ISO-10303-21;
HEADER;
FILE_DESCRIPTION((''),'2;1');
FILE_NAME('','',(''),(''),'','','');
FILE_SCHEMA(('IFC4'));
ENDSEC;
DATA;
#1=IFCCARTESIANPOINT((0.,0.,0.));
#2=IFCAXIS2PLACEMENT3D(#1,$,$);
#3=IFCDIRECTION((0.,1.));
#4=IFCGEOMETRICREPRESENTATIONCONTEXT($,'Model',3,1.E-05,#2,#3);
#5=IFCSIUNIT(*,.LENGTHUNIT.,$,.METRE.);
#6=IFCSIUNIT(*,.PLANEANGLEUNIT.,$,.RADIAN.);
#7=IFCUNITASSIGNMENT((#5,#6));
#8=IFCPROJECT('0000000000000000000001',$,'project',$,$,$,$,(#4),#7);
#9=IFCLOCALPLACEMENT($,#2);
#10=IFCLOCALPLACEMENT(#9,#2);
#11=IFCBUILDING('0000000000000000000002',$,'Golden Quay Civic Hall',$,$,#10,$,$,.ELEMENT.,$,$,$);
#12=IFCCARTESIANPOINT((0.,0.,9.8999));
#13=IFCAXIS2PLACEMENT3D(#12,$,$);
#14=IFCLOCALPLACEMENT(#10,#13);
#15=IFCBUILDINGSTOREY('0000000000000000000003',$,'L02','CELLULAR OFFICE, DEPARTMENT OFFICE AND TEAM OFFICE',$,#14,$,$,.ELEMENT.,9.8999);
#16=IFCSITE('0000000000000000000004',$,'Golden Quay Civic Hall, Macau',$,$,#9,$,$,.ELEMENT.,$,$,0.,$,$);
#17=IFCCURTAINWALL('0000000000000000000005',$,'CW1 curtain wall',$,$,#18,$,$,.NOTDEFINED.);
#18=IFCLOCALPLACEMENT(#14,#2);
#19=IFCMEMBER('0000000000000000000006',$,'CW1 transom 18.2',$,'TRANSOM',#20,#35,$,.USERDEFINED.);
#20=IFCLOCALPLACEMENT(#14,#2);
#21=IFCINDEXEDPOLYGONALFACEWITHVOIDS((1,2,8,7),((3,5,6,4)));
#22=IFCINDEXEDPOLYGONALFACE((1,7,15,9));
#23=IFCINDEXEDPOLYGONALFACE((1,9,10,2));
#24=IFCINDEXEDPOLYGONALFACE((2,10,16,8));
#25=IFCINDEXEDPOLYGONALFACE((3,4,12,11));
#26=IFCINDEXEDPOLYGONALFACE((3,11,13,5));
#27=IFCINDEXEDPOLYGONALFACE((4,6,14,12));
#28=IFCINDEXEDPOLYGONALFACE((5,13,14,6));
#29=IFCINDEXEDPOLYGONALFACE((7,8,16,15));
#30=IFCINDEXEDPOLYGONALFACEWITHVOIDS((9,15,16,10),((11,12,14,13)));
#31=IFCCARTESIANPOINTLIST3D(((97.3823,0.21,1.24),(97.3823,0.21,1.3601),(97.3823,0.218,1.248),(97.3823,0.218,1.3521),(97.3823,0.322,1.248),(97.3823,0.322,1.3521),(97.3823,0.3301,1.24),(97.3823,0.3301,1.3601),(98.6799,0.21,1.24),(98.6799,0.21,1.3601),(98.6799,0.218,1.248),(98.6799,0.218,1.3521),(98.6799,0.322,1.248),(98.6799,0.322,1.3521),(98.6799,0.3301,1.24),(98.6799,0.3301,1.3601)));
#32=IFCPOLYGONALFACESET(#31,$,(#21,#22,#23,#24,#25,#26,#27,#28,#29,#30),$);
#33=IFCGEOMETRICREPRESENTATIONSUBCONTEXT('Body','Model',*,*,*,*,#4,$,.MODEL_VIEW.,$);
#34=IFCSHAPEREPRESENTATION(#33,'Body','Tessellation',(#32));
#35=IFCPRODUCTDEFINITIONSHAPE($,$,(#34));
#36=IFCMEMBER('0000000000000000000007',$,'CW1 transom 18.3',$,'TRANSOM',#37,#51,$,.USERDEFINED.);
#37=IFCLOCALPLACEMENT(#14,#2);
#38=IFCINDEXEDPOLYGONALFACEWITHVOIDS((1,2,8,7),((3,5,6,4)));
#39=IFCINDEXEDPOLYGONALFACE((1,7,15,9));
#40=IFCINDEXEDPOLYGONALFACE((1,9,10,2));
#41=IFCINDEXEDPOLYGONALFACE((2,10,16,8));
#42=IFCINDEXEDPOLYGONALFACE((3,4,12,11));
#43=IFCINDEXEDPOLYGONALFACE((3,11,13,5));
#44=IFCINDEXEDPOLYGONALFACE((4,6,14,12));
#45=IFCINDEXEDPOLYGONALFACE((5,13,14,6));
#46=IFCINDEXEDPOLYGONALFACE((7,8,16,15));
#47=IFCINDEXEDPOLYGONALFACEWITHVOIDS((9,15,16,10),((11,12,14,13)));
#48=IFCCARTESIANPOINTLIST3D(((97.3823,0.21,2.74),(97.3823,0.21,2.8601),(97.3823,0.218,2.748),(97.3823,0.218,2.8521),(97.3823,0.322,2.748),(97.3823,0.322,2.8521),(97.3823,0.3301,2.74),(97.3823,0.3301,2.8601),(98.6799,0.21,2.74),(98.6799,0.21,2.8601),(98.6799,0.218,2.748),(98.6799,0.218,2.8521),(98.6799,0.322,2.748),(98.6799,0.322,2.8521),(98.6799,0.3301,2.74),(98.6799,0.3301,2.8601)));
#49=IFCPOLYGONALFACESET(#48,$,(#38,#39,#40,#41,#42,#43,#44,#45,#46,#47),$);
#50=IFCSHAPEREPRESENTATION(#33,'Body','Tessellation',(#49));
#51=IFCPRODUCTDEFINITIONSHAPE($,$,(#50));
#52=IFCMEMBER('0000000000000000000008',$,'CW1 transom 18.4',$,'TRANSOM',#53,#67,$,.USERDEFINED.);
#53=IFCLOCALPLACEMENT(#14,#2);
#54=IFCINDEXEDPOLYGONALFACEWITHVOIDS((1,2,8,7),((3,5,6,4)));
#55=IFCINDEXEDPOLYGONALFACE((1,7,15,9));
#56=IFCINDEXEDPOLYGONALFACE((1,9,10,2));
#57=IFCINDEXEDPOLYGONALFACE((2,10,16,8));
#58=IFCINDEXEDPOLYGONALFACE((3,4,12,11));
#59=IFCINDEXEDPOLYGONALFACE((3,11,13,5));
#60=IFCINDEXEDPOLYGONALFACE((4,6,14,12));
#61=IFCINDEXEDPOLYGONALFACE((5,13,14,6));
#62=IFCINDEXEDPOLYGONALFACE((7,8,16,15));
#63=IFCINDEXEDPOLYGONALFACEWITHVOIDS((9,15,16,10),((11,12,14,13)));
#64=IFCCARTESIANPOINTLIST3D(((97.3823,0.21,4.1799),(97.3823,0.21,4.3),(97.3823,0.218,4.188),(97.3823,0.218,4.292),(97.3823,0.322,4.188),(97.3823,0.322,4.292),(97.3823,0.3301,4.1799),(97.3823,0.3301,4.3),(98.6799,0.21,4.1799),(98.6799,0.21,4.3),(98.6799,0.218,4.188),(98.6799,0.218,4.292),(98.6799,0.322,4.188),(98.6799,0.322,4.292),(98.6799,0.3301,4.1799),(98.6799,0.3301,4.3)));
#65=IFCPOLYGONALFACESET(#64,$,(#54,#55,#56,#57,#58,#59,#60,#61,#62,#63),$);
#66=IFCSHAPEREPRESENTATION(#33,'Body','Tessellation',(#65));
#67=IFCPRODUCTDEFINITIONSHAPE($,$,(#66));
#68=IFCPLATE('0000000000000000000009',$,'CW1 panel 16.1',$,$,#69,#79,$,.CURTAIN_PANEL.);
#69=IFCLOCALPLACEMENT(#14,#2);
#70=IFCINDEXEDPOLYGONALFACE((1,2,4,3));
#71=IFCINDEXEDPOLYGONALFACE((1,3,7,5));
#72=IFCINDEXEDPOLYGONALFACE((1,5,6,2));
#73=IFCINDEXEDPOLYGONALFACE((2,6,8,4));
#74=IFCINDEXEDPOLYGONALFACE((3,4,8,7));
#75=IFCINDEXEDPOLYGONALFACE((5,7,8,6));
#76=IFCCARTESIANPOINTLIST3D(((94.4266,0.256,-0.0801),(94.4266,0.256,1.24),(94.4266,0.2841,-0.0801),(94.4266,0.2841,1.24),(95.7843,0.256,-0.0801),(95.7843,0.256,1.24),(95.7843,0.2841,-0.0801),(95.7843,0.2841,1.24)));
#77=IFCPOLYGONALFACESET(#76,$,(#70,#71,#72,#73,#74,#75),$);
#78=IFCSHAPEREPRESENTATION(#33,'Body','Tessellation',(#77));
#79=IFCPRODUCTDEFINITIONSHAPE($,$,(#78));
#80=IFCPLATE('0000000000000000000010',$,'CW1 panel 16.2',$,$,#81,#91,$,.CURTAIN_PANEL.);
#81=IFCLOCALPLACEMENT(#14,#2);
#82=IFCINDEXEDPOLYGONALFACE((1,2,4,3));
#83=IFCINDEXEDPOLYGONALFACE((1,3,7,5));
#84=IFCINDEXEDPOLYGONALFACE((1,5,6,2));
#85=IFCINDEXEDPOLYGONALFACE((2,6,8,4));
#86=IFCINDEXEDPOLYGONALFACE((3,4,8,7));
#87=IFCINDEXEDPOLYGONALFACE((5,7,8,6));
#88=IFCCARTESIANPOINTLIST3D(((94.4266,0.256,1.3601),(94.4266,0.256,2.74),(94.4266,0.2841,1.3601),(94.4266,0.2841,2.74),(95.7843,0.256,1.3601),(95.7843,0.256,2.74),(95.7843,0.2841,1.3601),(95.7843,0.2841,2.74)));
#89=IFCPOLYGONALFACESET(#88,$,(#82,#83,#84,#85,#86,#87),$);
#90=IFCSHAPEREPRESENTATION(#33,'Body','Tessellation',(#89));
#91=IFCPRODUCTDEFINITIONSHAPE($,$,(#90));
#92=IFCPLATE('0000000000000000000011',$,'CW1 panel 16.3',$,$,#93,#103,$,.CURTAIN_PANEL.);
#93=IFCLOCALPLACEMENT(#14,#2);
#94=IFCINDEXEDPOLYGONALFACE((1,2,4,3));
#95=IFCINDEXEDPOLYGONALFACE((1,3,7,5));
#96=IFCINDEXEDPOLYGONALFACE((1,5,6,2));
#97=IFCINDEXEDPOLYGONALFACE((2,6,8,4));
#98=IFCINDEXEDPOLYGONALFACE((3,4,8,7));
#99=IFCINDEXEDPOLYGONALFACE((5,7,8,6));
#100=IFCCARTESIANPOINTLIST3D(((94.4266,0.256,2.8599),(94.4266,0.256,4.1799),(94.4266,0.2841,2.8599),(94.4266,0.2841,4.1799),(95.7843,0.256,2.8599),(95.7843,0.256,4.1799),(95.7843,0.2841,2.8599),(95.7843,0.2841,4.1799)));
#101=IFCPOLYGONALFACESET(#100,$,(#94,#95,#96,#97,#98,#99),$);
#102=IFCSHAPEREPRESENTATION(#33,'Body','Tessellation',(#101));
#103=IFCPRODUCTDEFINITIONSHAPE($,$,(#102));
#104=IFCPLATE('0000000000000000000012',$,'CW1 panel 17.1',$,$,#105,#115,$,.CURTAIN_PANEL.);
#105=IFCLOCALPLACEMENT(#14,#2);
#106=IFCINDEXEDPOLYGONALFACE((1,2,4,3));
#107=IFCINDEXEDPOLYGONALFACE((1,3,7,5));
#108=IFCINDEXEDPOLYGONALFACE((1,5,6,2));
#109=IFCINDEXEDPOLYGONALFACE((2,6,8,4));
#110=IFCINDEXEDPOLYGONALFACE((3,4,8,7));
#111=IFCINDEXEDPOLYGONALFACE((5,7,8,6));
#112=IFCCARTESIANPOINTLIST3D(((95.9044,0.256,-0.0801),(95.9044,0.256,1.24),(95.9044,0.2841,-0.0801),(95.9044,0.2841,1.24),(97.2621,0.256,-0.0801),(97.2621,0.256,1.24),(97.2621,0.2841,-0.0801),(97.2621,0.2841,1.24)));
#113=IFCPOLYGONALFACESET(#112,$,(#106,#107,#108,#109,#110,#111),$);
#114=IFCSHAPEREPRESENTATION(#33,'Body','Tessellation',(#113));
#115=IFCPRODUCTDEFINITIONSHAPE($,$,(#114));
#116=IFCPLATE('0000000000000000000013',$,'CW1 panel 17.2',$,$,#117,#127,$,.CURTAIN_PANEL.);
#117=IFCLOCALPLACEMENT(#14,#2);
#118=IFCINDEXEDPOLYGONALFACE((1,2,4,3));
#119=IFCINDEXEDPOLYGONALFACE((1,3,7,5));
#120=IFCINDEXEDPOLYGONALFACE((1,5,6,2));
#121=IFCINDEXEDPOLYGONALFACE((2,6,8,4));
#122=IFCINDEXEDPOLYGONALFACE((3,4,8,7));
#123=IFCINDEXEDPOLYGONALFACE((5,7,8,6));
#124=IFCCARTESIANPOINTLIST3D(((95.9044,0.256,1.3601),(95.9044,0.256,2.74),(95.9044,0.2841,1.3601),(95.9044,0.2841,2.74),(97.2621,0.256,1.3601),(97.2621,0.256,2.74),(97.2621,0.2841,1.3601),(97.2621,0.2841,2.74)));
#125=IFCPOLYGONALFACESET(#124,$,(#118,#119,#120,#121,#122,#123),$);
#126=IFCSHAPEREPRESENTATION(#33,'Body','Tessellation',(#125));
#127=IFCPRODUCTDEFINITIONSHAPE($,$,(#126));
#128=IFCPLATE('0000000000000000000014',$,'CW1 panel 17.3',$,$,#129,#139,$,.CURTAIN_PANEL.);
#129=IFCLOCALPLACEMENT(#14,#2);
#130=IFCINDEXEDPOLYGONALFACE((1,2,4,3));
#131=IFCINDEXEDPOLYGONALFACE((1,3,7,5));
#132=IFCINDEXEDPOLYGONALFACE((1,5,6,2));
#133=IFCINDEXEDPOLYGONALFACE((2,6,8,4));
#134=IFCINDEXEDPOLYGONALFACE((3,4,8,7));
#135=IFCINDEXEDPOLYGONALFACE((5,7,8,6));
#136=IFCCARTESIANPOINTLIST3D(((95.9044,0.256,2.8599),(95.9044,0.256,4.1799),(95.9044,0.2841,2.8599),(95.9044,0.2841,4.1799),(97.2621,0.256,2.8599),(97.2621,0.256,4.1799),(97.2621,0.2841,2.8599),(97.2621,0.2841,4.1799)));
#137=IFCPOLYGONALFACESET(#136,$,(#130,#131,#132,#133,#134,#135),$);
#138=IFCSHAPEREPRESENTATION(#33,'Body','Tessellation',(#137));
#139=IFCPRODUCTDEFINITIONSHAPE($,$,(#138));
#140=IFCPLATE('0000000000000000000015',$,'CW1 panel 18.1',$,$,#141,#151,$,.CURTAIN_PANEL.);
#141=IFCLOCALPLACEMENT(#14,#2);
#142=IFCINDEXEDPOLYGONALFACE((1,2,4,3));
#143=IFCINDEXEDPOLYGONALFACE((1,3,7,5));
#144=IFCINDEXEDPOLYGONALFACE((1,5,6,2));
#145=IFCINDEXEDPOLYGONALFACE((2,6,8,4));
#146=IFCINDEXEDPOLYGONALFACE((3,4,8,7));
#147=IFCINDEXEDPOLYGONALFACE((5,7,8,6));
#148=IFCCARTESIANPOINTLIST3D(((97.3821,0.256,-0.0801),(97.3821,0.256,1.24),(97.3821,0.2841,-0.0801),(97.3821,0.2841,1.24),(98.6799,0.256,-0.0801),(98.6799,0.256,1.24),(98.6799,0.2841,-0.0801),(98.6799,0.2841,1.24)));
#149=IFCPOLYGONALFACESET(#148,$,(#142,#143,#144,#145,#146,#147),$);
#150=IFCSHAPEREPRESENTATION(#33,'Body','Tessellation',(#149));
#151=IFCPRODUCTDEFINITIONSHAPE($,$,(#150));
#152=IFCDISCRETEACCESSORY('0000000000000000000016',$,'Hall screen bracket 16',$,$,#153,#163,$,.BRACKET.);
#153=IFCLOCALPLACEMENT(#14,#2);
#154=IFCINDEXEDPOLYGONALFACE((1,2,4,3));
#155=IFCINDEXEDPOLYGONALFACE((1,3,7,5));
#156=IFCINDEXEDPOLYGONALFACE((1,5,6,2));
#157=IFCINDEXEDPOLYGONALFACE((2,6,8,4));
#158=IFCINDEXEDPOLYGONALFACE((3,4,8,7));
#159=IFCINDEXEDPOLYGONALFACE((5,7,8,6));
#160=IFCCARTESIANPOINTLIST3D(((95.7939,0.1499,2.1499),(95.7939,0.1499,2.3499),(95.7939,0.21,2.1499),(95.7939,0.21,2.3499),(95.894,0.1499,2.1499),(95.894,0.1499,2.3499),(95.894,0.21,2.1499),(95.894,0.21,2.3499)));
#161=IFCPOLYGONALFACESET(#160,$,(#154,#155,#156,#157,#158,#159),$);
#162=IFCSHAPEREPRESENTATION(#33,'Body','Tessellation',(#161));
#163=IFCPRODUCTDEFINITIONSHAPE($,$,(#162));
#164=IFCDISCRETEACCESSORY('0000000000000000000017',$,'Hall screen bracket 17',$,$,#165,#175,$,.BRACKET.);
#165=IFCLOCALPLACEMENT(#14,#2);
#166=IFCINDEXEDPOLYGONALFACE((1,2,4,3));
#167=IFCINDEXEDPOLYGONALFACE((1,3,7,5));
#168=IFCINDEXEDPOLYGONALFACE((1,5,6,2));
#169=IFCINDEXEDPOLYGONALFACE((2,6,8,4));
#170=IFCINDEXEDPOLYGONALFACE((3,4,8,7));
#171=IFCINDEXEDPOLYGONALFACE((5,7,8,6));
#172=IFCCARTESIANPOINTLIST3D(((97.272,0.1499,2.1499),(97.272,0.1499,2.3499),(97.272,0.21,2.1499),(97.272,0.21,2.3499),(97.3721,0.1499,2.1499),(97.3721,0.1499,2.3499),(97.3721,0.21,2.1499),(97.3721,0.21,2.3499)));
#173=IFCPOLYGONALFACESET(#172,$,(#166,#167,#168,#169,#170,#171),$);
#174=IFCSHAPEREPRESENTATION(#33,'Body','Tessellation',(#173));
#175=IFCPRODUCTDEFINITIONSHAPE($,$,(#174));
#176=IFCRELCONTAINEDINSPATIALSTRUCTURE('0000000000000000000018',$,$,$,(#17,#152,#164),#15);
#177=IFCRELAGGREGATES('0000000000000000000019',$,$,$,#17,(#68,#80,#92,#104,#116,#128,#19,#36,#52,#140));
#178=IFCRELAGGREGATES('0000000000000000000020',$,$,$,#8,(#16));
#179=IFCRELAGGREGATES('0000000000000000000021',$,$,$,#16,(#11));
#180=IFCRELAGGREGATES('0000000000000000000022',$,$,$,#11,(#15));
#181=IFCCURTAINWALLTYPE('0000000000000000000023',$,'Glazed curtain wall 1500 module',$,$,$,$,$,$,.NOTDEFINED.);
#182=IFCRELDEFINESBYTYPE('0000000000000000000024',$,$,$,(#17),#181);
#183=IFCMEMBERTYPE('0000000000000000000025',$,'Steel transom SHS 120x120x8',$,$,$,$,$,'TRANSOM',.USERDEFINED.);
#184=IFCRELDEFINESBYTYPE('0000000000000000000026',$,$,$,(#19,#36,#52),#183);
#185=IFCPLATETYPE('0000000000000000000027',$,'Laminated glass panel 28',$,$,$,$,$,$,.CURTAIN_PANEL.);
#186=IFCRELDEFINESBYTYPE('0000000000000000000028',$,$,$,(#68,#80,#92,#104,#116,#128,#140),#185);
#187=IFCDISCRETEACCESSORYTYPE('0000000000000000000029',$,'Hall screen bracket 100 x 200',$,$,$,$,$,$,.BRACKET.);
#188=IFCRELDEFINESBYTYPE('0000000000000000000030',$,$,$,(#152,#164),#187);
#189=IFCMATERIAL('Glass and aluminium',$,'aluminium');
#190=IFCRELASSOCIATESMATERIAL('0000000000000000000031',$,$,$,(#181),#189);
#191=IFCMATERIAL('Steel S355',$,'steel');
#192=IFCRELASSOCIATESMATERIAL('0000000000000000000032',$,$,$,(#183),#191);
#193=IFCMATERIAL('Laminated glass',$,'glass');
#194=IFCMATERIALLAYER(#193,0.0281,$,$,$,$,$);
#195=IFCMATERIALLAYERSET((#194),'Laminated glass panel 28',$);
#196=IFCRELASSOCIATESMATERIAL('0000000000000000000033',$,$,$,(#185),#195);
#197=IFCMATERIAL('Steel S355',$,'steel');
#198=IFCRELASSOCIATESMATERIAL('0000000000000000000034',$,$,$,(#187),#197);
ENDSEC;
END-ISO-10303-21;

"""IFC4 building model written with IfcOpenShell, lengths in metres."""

from ifc_helpers import new_model, si_unit, direction, frame, origin, origin_2d, place, context, subcontext, project, spatial, rectangle, hollow_rectangle, extrude, material, layer, layer_set, material_profile, profile_set, type_object, element, aggregate, save


model = new_model("IFC4")

# Units and contexts
model_context = context("Model", 3, precision=1e-05, world=origin(), true_north=direction((0.0, 1.0)))
body_context = subcontext(model_context, "Body", "Model", "MODEL_VIEW")
ifc_project = project(units=[si_unit("LENGTHUNIT", "METRE"), si_unit("PLANEANGLEUNIT", "RADIAN")], contexts=[model_context])

# Site, building, storey
site_placement = place(None, origin())
site = spatial("IfcSite", under=ifc_project, at=site_placement, Name="Golden Quay Civic Hall, Macau", CompositionType="ELEMENT", RefElevation=0.0)
building_placement = place(site_placement, origin())
building = spatial("IfcBuilding", under=site, at=building_placement, Name="Golden Quay Civic Hall", CompositionType="ELEMENT")
storey_placement = place(building_placement, frame((0.0, 0.0, 9.8999)))
storey = spatial("IfcBuildingStorey", under=building, at=storey_placement, Name="L02", Description="CELLULAR OFFICE, DEPARTMENT OFFICE AND TEAM OFFICE", CompositionType="ELEMENT", Elevation=9.8999)

# Curtain wall, members, plates
ifc_material_1 = material(Name="Glass and aluminium", Category="aluminium")
curtain_wall_type = type_object("IfcCurtainWallType", Name="Glazed curtain wall 1500 module", PredefinedType="NOTDEFINED", material=ifc_material_1)
curtain_wall_placement = place(storey_placement, origin())
curtain_wall = element("IfcCurtainWall", 1, at=curtain_wall_placement, inside=storey, type_object=curtain_wall_type, Name="CW1 curtain wall", PredefinedType="NOTDEFINED")
ifc_material_2 = material(Name="Steel S355", Category="steel")
ifc_material_profile_1 = material_profile(ifc_material_2, hollow_rectangle(XDim=0.1201, YDim=0.1201, WallThickness=0.0081, at=origin_2d()), Name="SHS 120x120x8")
ifc_profile_set_1 = profile_set([ifc_material_profile_1], Name="Steel S355")
member_type_1 = type_object("IfcMemberType", Name="Steel transom SHS 120x120x8", ElementType="TRANSOM", PredefinedType="USERDEFINED", material=ifc_profile_set_1)
member_1_placement = place(storey_placement, frame((97.3823, 0.27, 1.3), z_axis=(1.0, 0.0, 0.0), x_axis=(0.0, 1.0, 0.0)))
member_1 = element("IfcMember", 2, at=member_1_placement, type_object=member_type_1, Name="CW1 transom 18.2", ObjectType="TRANSOM", PredefinedType="USERDEFINED", context=body_context, shape_type="SweptSolid", body=[
    extrude(hollow_rectangle(XDim=0.1201, YDim=0.1201, WallThickness=0.0081, at=origin_2d()), origin(), (0.0, 0.0, 1.0), 1.2976),
])
member_2_placement = place(storey_placement, frame((97.3823, 0.27, 2.8), z_axis=(1.0, 0.0, 0.0), x_axis=(0.0, 1.0, 0.0)))
member_2 = element("IfcMember", 3, at=member_2_placement, type_object=member_type_1, Name="CW1 transom 18.3", ObjectType="TRANSOM", PredefinedType="USERDEFINED", context=body_context, shape_type="SweptSolid", body=[
    extrude(hollow_rectangle(XDim=0.1201, YDim=0.1201, WallThickness=0.0081, at=origin_2d()), origin(), (0.0, 0.0, 1.0), 1.2976),
])
member_3_placement = place(storey_placement, frame((97.3823, 0.27, 4.24), z_axis=(1.0, 0.0, 0.0), x_axis=(0.0, 1.0, 0.0)))
member_3 = element("IfcMember", 4, at=member_3_placement, type_object=member_type_1, Name="CW1 transom 18.4", ObjectType="TRANSOM", PredefinedType="USERDEFINED", context=body_context, shape_type="SweptSolid", body=[
    extrude(hollow_rectangle(XDim=0.1201, YDim=0.1201, WallThickness=0.0081, at=origin_2d()), origin(), (0.0, 0.0, 1.0), 1.2976),
])
ifc_material_3 = material(Name="Laminated glass", Category="glass")
ifc_layer = layer(ifc_material_3, 0.0281)
ifc_layer_set = layer_set([ifc_layer], Name="Laminated glass panel 28")
plate_type = type_object("IfcPlateType", Name="Laminated glass panel 28", PredefinedType="CURTAIN_PANEL", material=ifc_layer_set)
plate_1_placement = place(storey_placement, frame((95.1055, 0.27, -0.0801), z_axis=(0.0, 0.0, 1.0), x_axis=(1.0, 0.0, 0.0)))
plate_1 = element("IfcPlate", 5, at=plate_1_placement, type_object=plate_type, Name="CW1 panel 16.1", PredefinedType="CURTAIN_PANEL", context=body_context, shape_type="SweptSolid", body=[
    extrude(rectangle(XDim=1.3577, YDim=0.0281, at=origin_2d()), origin(), (0.0, 0.0, 1.0), 1.3201),
])
plate_2_placement = place(storey_placement, frame((95.1055, 0.27, 1.3601), z_axis=(0.0, 0.0, 1.0), x_axis=(1.0, 0.0, 0.0)))
plate_2 = element("IfcPlate", 6, at=plate_2_placement, type_object=plate_type, Name="CW1 panel 16.2", PredefinedType="CURTAIN_PANEL", context=body_context, shape_type="SweptSolid", body=[
    extrude(rectangle(XDim=1.3577, YDim=0.0281, at=origin_2d()), origin(), (0.0, 0.0, 1.0), 1.3799),
])
plate_3_placement = place(storey_placement, frame((95.1055, 0.27, 2.8599), z_axis=(0.0, 0.0, 1.0), x_axis=(1.0, 0.0, 0.0)))
plate_3 = element("IfcPlate", 7, at=plate_3_placement, type_object=plate_type, Name="CW1 panel 16.3", PredefinedType="CURTAIN_PANEL", context=body_context, shape_type="SweptSolid", body=[
    extrude(rectangle(XDim=1.3577, YDim=0.0281, at=origin_2d()), origin(), (0.0, 0.0, 1.0), 1.3201),
])
plate_4_placement = place(storey_placement, frame((96.5833, 0.27, -0.0801), z_axis=(0.0, 0.0, 1.0), x_axis=(1.0, 0.0, 0.0)))
plate_4 = element("IfcPlate", 8, at=plate_4_placement, type_object=plate_type, Name="CW1 panel 17.1", PredefinedType="CURTAIN_PANEL", context=body_context, shape_type="SweptSolid", body=[
    extrude(rectangle(XDim=1.3577, YDim=0.0281, at=origin_2d()), origin(), (0.0, 0.0, 1.0), 1.3201),
])
plate_5_placement = place(storey_placement, frame((96.5833, 0.27, 1.3601), z_axis=(0.0, 0.0, 1.0), x_axis=(1.0, 0.0, 0.0)))
plate_5 = element("IfcPlate", 9, at=plate_5_placement, type_object=plate_type, Name="CW1 panel 17.2", PredefinedType="CURTAIN_PANEL", context=body_context, shape_type="SweptSolid", body=[
    extrude(rectangle(XDim=1.3577, YDim=0.0281, at=origin_2d()), origin(), (0.0, 0.0, 1.0), 1.3799),
])
plate_6_placement = place(storey_placement, frame((96.5833, 0.27, 2.8599), z_axis=(0.0, 0.0, 1.0), x_axis=(1.0, 0.0, 0.0)))
plate_6 = element("IfcPlate", 10, at=plate_6_placement, type_object=plate_type, Name="CW1 panel 17.3", PredefinedType="CURTAIN_PANEL", context=body_context, shape_type="SweptSolid", body=[
    extrude(rectangle(XDim=1.3577, YDim=0.0281, at=origin_2d()), origin(), (0.0, 0.0, 1.0), 1.3201),
])
plate_7_placement = place(storey_placement, frame((98.031, 0.27, -0.0801), z_axis=(0.0, 0.0, 1.0), x_axis=(1.0, 0.0, 0.0)))
plate_7 = element("IfcPlate", 11, at=plate_7_placement, type_object=plate_type, Name="CW1 panel 18.1", PredefinedType="CURTAIN_PANEL", context=body_context, shape_type="SweptSolid", body=[
    extrude(rectangle(XDim=1.2979, YDim=0.0281, at=origin_2d()), origin(), (0.0, 0.0, 1.0), 1.3201),
])
aggregate(curtain_wall, [plate_1, plate_2, plate_3, plate_4, plate_5, plate_6, member_1, member_2, member_3, plate_7])

# Discrete accessories
ifc_material_4 = material(Name="Steel S355", Category="steel")
discrete_accessory_type = type_object("IfcDiscreteAccessoryType", Name="Hall screen bracket 100 x 200", PredefinedType="BRACKET", material=ifc_material_4)
for number, where, z_axis, x_axis, name in (
    (12, (95.844, 0.1799, 2.1499), (0.0, 0.0, 1.0), (1.0, 0.0, 0.0), "Hall screen bracket 16"),
    (13, (97.322, 0.1799, 2.1499), (0.0, 0.0, 1.0), (1.0, 0.0, 0.0), "Hall screen bracket 17"),
):
    element("IfcDiscreteAccessory", number, at=place(storey_placement, frame(where, z_axis=z_axis, x_axis=x_axis)), inside=storey, type_object=discrete_accessory_type, Name=name, PredefinedType="BRACKET", context=body_context, shape_type="SweptSolid", body=[
        extrude(rectangle(XDim=0.1001, YDim=0.0601, at=origin_2d()), origin(), (0.0, 0.0, 1.0), 0.2),
    ])

save(model, "model.ifc")
